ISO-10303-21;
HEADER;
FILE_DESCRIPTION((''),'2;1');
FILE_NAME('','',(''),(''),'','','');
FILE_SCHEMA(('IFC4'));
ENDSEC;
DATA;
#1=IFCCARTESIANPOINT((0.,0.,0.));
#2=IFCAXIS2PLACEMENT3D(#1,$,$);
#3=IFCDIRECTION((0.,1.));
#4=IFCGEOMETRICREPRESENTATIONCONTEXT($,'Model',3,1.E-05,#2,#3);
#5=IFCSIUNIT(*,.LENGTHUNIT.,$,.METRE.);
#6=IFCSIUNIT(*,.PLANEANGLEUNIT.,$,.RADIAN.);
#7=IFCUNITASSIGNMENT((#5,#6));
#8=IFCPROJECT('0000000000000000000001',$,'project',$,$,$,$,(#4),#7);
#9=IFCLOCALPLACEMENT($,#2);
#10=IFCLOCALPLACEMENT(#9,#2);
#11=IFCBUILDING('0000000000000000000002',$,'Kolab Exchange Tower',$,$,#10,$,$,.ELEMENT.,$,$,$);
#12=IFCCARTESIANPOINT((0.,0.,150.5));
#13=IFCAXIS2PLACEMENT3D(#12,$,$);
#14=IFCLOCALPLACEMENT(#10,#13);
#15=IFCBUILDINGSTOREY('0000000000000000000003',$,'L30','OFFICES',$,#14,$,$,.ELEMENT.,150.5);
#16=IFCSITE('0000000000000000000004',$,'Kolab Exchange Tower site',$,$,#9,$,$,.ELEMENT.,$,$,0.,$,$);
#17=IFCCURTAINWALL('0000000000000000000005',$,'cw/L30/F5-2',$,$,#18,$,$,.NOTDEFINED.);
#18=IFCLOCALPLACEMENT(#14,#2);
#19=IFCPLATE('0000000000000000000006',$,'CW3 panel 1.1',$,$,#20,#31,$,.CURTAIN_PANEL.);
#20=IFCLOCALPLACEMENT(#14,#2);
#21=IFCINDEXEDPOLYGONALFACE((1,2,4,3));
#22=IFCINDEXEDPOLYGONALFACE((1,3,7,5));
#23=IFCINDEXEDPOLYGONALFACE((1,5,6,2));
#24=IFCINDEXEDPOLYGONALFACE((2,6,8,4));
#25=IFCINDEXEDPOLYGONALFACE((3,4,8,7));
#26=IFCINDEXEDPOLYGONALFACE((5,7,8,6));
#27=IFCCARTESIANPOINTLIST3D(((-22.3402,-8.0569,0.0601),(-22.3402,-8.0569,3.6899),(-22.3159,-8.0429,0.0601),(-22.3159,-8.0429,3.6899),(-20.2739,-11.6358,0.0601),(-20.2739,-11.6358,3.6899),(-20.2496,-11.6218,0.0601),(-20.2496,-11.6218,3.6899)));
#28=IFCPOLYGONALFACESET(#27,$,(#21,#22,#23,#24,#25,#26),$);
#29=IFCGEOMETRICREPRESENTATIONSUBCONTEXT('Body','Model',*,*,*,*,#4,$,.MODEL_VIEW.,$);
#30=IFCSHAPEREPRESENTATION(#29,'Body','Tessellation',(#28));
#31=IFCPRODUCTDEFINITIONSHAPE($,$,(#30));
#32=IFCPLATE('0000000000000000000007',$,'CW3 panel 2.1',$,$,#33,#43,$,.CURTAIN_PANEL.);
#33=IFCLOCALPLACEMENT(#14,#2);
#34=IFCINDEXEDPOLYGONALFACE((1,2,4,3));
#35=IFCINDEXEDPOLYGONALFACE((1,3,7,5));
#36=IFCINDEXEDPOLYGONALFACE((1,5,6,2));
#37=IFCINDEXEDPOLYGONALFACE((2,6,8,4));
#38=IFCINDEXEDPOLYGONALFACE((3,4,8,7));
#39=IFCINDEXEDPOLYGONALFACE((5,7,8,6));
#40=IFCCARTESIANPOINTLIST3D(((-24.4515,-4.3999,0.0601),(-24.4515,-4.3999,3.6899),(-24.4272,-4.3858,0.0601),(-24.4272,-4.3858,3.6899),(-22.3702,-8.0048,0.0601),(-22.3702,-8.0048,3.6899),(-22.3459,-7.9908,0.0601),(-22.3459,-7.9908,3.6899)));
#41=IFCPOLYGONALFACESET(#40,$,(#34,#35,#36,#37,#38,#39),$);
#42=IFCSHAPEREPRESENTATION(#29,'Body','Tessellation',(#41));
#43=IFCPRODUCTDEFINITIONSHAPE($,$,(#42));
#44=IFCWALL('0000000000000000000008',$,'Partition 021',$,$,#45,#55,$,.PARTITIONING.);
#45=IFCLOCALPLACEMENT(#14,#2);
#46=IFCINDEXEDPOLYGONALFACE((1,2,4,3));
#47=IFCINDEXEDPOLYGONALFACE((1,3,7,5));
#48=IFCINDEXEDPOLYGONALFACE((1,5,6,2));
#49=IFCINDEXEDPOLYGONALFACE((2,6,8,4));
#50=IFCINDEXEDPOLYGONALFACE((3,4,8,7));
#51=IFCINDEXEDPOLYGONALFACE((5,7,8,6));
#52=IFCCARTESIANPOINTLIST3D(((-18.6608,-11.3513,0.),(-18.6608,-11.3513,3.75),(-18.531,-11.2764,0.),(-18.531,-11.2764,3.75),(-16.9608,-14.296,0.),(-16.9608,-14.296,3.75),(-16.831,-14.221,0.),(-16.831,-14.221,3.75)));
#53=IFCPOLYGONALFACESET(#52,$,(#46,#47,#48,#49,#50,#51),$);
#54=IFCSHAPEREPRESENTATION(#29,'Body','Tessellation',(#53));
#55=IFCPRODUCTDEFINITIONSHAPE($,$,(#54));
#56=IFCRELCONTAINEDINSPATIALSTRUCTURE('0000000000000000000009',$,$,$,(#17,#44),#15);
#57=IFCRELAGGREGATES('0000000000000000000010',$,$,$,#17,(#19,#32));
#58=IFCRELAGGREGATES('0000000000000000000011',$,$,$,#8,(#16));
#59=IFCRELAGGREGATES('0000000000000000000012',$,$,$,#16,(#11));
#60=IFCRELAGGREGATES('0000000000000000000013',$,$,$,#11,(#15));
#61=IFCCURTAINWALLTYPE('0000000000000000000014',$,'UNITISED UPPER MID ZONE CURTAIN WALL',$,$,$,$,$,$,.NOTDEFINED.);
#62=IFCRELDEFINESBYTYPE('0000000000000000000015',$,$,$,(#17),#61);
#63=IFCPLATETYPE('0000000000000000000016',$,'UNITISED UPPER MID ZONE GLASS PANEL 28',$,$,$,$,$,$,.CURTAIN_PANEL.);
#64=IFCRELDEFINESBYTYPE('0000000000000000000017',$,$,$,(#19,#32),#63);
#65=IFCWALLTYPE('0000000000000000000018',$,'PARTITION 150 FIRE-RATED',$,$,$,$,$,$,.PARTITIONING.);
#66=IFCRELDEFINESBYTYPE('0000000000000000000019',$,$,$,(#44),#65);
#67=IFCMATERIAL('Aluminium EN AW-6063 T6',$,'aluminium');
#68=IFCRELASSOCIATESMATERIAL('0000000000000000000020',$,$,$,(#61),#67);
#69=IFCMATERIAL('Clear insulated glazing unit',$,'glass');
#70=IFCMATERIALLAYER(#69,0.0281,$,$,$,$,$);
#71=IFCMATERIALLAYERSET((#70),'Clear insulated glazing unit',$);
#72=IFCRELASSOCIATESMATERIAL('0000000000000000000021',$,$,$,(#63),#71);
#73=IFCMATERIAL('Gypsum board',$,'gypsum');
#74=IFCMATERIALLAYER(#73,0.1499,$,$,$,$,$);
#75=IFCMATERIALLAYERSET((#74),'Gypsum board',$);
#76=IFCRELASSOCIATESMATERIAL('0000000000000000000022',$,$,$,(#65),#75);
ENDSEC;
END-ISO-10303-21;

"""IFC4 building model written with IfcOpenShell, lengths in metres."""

from ifc_helpers import new_model, si_unit, direction, frame, frame_2d, origin, origin_2d, place, context, subcontext, project, spatial, rectangle, extrude, material, layer, layer_set, type_object, element, aggregate, save


model = new_model("IFC4")

# Units and contexts
model_context = context("Model", 3, precision=1e-05, world=origin(), true_north=direction((0.0, 1.0)))
body_context = subcontext(model_context, "Body", "Model", "MODEL_VIEW")
ifc_project = project(units=[si_unit("LENGTHUNIT", "METRE"), si_unit("PLANEANGLEUNIT", "RADIAN")], contexts=[model_context])

# Site, building, storey
site_placement = place(None, origin())
site = spatial("IfcSite", under=ifc_project, at=site_placement, Name="Kolab Exchange Tower site", CompositionType="ELEMENT", RefElevation=0.0)
building_placement = place(site_placement, origin())
building = spatial("IfcBuilding", under=site, at=building_placement, Name="Kolab Exchange Tower", CompositionType="ELEMENT")
storey_placement = place(building_placement, frame((0.0, 0.0, 150.5)))
storey = spatial("IfcBuildingStorey", under=building, at=storey_placement, Name="L30", Description="OFFICES", CompositionType="ELEMENT", Elevation=150.5)

# Curtain wall, plates
ifc_material_1 = material(Name="Aluminium EN AW-6063 T6", Category="aluminium")
curtain_wall_type = type_object("IfcCurtainWallType", Name="UNITISED UPPER MID ZONE CURTAIN WALL", PredefinedType="NOTDEFINED", material=ifc_material_1)
curtain_wall_placement = place(storey_placement, origin())
curtain_wall = element("IfcCurtainWall", 1, at=curtain_wall_placement, inside=storey, type_object=curtain_wall_type, Name="cw/L30/F5-2", PredefinedType="NOTDEFINED")
ifc_material_2 = material(Name="Clear insulated glazing unit", Category="glass")
ifc_layer_1 = layer(ifc_material_2, 0.0281)
ifc_layer_set_1 = layer_set([ifc_layer_1], Name="Clear insulated glazing unit")
plate_type = type_object("IfcPlateType", Name="UNITISED UPPER MID ZONE GLASS PANEL 28", PredefinedType="CURTAIN_PANEL", material=ifc_layer_set_1)
plate_1_placement = place(storey_placement, frame((-21.2949, -9.8394, 0.0601), z_axis=(0.0, 0.0, 1.0), x_axis=(-0.5, 0.866025, 0.0)))
plate_1 = element("IfcPlate", 2, at=plate_1_placement, type_object=plate_type, Name="CW3 panel 1.1", PredefinedType="CURTAIN_PANEL", context=body_context, shape_type="SweptSolid", body=[
    extrude(rectangle(XDim=4.1326, YDim=0.0281, at=origin_2d()), origin(), (0.0, 0.0, 1.0), 3.6299),
])
plate_2_placement = place(storey_placement, frame((-23.3987, -6.1953, 0.0601), z_axis=(0.0, 0.0, 1.0), x_axis=(-0.5, 0.866025, 0.0)))
plate_2 = element("IfcPlate", 3, at=plate_2_placement, type_object=plate_type, Name="CW3 panel 2.1", PredefinedType="CURTAIN_PANEL", context=body_context, shape_type="SweptSolid", body=[
    extrude(rectangle(XDim=4.1626, YDim=0.0281, at=origin_2d()), origin(), (0.0, 0.0, 1.0), 3.6299),
])
aggregate(curtain_wall, [plate_1, plate_2])

# Wall
ifc_material_3 = material(Name="Gypsum board", Category="gypsum")
ifc_layer_2 = layer(ifc_material_3, 0.1499)
ifc_layer_set_2 = layer_set([ifc_layer_2], Name="Gypsum board")
wall_type = type_object("IfcWallType", Name="PARTITION 150 FIRE-RATED", PredefinedType="PARTITIONING", material=ifc_layer_set_2)
wall_placement = place(storey_placement, frame((-18.5959, -11.3137, 0.0), z_axis=(0.0, 0.0, 1.0), x_axis=(0.499977, -0.866039, 0.0)))
element("IfcWall", 4, at=wall_placement, inside=storey, type_object=wall_type, Name="Partition 021", PredefinedType="PARTITIONING", context=body_context, shape_type="SweptSolid", body=[
    extrude(rectangle(XDim=3.4001, YDim=0.1499, at=frame_2d((1.7002, 0.0))), origin(), (0.0, 0.0, 1.0), 3.75),
])

save(model, "model.ifc")
